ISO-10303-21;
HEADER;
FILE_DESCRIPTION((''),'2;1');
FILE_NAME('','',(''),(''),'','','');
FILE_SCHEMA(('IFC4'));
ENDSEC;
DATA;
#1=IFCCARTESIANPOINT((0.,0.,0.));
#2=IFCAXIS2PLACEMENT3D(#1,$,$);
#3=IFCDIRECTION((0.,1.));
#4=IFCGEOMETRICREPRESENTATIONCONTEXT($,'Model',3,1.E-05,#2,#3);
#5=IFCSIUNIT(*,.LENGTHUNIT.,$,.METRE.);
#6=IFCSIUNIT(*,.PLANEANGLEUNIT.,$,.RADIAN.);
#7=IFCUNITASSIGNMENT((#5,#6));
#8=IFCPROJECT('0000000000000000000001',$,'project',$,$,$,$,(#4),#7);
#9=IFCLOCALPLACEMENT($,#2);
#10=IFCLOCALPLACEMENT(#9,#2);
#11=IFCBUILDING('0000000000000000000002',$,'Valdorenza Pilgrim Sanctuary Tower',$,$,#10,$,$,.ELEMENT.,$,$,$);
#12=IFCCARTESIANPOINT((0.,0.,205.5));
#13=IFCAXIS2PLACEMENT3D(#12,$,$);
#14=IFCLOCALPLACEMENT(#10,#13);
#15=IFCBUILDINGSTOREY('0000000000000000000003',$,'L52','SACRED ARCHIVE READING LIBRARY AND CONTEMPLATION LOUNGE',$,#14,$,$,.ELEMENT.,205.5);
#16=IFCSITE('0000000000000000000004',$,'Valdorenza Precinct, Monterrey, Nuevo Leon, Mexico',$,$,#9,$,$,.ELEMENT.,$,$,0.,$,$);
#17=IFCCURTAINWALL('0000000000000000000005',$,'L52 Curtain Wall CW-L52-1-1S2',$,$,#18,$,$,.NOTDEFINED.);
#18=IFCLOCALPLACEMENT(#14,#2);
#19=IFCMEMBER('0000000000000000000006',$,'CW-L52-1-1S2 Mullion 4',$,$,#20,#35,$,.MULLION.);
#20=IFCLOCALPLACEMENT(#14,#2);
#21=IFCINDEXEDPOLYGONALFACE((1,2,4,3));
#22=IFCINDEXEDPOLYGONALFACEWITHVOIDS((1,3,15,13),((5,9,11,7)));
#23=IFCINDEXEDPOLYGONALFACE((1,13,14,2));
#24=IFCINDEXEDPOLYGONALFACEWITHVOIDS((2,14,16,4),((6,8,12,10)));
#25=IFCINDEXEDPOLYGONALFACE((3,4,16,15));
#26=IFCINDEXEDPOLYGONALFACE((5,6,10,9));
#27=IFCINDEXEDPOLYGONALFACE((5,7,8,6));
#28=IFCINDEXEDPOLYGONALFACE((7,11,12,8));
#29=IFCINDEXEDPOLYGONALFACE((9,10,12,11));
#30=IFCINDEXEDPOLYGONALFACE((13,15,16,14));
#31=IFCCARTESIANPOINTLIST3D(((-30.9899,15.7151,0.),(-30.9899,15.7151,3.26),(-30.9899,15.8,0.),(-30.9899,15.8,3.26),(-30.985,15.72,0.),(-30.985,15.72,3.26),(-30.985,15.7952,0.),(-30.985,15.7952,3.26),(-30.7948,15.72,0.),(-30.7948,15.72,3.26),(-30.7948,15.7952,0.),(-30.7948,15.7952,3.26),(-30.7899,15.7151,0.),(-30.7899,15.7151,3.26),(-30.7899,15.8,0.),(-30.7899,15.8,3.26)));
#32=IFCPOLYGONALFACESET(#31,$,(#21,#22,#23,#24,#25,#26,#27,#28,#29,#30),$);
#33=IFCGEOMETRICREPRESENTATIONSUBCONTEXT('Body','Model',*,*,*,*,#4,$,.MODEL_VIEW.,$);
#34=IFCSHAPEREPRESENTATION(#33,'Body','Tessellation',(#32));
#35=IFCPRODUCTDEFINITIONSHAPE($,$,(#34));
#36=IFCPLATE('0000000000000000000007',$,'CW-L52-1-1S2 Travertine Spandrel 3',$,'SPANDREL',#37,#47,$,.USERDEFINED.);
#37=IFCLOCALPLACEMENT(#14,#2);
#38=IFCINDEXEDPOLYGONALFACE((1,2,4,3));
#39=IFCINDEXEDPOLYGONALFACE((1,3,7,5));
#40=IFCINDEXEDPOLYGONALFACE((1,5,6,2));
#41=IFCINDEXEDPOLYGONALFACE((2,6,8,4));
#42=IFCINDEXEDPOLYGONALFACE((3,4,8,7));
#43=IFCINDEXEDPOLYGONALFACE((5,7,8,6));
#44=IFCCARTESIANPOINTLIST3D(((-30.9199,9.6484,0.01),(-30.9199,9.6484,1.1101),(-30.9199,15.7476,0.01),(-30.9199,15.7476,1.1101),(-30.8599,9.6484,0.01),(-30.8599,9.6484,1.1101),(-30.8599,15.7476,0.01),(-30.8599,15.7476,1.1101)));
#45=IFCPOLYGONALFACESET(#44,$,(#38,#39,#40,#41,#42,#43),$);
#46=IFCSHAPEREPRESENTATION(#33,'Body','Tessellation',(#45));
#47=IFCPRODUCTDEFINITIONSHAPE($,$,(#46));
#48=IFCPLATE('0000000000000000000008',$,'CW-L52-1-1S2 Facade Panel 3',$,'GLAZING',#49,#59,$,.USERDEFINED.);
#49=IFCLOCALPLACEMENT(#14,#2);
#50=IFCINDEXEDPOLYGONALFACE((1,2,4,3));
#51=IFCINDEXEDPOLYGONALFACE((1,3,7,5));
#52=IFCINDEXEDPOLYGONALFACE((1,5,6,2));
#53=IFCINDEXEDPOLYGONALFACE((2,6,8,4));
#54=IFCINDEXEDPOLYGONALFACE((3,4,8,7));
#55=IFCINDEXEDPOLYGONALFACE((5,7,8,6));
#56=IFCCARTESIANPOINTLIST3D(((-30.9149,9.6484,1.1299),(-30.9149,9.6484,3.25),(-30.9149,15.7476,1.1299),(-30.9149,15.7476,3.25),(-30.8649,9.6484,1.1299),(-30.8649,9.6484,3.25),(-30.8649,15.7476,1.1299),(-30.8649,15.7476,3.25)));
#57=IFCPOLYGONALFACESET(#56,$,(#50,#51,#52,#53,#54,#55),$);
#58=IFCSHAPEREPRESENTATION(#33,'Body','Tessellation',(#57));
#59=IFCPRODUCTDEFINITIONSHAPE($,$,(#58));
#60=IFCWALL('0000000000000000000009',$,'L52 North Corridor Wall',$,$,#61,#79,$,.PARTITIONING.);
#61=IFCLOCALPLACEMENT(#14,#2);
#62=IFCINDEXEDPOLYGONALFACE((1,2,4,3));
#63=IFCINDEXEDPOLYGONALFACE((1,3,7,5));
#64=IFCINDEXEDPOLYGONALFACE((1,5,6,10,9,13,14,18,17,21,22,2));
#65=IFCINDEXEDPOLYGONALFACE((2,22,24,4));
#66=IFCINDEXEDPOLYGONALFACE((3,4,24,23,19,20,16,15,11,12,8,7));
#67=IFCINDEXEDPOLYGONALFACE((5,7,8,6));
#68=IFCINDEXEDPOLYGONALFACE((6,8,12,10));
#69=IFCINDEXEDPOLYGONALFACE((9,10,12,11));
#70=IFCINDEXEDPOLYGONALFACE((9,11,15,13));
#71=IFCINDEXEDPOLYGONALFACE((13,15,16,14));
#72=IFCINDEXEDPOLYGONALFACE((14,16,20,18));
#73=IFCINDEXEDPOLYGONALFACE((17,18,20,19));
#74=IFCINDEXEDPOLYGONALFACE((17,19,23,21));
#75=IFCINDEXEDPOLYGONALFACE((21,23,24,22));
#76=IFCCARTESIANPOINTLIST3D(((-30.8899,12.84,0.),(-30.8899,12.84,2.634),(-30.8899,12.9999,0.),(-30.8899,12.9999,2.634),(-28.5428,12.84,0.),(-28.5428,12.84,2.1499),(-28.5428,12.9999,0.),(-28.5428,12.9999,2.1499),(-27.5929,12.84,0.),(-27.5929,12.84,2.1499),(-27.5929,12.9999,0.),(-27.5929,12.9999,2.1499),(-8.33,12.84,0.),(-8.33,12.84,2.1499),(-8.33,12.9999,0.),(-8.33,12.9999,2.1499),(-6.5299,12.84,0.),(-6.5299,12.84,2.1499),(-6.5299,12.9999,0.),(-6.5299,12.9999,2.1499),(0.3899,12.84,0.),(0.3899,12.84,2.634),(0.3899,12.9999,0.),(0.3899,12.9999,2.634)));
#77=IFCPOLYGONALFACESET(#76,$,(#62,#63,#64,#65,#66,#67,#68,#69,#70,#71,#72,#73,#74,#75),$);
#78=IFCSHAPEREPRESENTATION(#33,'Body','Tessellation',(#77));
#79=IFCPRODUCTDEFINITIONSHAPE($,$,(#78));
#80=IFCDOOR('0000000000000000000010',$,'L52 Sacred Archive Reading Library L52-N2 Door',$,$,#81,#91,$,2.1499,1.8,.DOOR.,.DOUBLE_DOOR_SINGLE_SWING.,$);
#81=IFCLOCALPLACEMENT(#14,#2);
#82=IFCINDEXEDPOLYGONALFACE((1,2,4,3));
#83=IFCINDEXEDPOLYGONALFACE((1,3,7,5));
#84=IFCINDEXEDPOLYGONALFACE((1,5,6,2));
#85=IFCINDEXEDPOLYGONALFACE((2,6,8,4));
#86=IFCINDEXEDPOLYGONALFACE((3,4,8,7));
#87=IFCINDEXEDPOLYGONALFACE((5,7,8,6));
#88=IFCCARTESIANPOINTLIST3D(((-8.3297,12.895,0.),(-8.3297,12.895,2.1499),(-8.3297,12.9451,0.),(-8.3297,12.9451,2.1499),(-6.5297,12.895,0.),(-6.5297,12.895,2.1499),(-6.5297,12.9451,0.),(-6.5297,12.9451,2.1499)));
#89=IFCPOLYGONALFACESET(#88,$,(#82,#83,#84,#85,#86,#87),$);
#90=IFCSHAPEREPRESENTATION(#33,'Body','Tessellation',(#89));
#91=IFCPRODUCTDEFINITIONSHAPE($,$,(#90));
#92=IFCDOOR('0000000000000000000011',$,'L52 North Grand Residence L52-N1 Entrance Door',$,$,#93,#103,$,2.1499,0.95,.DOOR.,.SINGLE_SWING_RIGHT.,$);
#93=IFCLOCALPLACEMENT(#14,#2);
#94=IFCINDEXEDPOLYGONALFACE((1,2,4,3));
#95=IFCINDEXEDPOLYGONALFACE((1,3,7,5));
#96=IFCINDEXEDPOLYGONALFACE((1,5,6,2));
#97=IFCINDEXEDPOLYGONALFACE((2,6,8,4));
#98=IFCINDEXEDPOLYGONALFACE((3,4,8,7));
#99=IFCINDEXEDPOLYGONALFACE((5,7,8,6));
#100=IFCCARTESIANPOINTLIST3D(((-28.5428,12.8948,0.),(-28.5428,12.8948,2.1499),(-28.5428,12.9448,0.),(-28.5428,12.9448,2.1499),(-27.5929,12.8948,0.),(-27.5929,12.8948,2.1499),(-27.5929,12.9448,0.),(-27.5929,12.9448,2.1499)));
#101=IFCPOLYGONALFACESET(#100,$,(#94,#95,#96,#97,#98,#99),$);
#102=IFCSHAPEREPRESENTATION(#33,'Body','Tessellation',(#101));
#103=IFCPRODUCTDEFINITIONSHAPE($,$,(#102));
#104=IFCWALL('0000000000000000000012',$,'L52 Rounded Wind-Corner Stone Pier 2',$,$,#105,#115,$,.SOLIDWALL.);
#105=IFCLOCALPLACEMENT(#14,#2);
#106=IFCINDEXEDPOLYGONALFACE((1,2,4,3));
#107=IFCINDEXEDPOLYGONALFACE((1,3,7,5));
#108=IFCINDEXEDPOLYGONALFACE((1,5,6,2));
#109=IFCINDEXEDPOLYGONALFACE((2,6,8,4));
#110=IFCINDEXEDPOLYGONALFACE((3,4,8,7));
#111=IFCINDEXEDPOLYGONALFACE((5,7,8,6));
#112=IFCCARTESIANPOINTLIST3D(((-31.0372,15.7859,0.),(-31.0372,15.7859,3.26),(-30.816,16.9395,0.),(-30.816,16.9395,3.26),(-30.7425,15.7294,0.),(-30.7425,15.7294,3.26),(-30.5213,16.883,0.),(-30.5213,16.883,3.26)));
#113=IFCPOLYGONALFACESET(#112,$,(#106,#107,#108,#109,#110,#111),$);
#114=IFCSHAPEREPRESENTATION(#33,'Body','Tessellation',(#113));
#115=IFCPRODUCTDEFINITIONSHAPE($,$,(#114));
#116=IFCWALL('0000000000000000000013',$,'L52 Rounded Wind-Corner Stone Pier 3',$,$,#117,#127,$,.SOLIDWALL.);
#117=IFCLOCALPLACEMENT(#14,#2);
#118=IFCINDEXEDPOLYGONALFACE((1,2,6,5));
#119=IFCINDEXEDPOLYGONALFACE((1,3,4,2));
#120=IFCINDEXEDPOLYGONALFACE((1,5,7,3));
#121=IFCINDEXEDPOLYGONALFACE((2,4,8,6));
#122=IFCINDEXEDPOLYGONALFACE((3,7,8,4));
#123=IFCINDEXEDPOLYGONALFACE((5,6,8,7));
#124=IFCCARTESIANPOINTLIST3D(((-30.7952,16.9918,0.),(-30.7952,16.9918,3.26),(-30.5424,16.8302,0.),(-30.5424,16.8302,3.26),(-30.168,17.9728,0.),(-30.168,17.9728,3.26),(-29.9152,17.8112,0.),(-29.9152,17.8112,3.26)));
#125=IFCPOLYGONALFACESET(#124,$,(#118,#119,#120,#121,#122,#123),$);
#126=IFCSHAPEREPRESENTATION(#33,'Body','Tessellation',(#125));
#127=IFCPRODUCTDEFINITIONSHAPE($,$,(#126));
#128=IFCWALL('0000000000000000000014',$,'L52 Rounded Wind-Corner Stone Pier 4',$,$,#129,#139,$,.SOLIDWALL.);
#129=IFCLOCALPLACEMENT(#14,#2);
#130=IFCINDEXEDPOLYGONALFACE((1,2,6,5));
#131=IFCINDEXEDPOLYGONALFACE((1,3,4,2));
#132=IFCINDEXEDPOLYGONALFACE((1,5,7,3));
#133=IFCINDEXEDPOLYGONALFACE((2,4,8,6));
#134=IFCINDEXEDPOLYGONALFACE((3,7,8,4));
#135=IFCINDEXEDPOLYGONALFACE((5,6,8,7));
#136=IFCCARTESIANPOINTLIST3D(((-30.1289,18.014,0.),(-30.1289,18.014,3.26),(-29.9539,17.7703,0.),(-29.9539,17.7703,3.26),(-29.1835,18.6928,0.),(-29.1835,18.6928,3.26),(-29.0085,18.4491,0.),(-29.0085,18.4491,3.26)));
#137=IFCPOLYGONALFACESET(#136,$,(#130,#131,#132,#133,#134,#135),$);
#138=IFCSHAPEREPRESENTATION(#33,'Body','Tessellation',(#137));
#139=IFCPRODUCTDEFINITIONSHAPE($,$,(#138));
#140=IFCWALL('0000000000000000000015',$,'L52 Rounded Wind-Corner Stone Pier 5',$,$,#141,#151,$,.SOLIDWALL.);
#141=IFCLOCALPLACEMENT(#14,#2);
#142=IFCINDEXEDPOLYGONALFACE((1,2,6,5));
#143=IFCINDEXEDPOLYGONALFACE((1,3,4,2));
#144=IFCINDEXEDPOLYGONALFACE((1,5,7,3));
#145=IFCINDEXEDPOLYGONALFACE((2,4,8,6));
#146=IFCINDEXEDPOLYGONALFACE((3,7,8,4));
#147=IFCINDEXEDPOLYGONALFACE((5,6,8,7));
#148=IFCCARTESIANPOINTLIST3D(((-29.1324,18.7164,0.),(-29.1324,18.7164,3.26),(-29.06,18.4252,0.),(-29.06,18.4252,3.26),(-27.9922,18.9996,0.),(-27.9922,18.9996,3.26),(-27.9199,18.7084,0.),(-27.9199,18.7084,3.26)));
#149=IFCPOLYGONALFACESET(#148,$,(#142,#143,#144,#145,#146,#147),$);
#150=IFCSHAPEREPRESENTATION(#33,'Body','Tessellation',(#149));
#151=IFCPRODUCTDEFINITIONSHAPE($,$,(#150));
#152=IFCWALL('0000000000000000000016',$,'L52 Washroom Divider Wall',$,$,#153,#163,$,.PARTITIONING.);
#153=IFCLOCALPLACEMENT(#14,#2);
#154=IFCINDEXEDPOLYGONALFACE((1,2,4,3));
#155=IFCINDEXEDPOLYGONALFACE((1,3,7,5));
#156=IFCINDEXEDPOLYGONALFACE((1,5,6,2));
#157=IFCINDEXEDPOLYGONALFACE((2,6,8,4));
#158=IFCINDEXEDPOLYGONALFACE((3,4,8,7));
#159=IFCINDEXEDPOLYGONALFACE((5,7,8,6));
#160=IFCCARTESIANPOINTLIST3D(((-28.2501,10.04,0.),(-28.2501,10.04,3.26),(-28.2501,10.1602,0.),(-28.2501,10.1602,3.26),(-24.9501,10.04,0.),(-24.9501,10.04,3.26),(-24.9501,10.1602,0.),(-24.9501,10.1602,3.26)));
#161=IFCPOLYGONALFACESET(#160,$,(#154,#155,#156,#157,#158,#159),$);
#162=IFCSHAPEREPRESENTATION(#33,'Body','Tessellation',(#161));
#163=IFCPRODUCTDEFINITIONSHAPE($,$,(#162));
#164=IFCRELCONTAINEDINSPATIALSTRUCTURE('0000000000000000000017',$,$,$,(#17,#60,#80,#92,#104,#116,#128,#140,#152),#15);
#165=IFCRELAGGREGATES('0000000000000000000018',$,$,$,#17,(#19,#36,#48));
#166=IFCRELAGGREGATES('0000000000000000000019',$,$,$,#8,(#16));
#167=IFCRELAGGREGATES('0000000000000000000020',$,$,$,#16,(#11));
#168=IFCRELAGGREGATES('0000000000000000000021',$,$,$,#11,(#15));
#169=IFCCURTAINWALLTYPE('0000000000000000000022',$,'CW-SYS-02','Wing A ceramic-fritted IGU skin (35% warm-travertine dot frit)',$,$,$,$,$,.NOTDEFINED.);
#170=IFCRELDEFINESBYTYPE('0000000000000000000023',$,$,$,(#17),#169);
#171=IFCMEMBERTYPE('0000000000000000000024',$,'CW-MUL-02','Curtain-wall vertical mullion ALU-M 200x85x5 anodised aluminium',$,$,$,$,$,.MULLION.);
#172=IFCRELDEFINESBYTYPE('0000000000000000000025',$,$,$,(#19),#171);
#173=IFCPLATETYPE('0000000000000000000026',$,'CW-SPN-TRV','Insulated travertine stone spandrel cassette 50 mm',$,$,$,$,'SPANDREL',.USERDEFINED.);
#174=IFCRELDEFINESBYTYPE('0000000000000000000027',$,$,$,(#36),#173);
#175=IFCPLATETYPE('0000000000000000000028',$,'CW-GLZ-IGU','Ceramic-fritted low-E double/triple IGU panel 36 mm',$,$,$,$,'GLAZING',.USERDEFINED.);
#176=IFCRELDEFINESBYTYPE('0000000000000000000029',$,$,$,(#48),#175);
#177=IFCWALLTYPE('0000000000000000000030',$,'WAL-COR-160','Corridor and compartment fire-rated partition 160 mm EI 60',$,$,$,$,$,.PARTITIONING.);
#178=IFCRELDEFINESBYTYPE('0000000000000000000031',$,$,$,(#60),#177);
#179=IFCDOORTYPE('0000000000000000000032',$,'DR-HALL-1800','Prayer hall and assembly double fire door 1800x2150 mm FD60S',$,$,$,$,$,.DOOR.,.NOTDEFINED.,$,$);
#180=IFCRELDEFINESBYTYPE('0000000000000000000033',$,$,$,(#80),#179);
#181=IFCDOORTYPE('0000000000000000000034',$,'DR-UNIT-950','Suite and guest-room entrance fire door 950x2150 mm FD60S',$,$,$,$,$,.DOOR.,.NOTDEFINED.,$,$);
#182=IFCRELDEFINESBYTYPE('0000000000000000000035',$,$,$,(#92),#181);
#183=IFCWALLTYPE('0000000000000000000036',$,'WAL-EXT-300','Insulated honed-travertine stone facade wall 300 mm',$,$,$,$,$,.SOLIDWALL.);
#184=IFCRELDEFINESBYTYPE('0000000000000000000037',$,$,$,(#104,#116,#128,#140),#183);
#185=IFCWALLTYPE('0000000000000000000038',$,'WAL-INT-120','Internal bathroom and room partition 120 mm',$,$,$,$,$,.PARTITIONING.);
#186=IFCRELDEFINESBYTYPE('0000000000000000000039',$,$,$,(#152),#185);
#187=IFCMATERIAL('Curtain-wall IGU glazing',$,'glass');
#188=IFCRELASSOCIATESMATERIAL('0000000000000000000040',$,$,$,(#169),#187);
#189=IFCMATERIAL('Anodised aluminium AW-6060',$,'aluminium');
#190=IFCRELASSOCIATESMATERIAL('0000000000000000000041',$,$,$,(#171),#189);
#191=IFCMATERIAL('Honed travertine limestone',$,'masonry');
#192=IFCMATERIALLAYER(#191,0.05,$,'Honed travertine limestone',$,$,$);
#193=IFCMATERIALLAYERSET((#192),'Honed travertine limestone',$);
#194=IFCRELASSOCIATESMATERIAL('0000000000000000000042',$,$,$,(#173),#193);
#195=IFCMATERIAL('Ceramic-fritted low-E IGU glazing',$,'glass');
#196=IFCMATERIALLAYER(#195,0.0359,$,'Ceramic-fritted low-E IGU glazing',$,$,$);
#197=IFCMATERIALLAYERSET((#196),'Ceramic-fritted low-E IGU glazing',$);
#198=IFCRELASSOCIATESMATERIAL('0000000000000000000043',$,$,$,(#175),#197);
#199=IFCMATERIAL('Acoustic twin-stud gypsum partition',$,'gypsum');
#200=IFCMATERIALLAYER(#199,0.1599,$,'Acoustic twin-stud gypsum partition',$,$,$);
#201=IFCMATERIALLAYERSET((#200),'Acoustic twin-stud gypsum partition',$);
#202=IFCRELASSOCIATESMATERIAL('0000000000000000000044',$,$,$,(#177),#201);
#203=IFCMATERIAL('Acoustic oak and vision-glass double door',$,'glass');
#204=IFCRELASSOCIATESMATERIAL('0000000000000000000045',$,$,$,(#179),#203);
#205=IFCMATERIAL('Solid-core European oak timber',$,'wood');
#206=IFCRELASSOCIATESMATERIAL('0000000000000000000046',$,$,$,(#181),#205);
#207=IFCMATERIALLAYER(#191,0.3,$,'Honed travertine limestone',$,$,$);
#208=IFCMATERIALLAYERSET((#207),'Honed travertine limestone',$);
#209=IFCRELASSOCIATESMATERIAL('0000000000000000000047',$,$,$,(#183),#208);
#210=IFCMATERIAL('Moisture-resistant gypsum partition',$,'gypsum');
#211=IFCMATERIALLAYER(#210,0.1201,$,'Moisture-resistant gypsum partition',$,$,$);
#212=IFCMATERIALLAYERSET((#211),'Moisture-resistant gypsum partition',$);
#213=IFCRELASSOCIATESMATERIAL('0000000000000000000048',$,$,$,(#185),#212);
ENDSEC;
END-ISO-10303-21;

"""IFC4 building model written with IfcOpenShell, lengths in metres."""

from ifc_helpers import new_model, si_unit, direction, frame, frame_2d, origin, origin_2d, place, context, subcontext, project, spatial, rectangle, hollow_rectangle, extrude, source, transform, mapped, material, layer, layer_set, material_profile, profile_set, type_object, element, fill, aggregate, save


model = new_model("IFC4")

# Units and contexts
model_context = context("Model", 3, precision=1e-05, world=origin(), true_north=direction((0.0, 1.0)))
body_context = subcontext(model_context, "Body", "Model", "MODEL_VIEW")
ifc_project = project(units=[si_unit("LENGTHUNIT", "METRE"), si_unit("PLANEANGLEUNIT", "RADIAN")], contexts=[model_context])

# Site, building, storey
site_placement = place(None, origin())
site = spatial("IfcSite", under=ifc_project, at=site_placement, Name="Valdorenza Precinct, Monterrey, Nuevo Leon, Mexico", CompositionType="ELEMENT", RefElevation=0.0)
building_placement = place(site_placement, origin())
building = spatial("IfcBuilding", under=site, at=building_placement, Name="Valdorenza Pilgrim Sanctuary Tower", CompositionType="ELEMENT")
storey_placement = place(building_placement, frame((0.0, 0.0, 205.5)))
storey = spatial("IfcBuildingStorey", under=building, at=storey_placement, Name="L52", Description="SACRED ARCHIVE READING LIBRARY AND CONTEMPLATION LOUNGE", CompositionType="ELEMENT", Elevation=205.5)

# Curtain wall, member, plates
ifc_material_1 = material(Name="Curtain-wall IGU glazing", Category="glass")
curtain_wall_type = type_object("IfcCurtainWallType", Name="CW-SYS-02", Description="Wing A ceramic-fritted IGU skin (35% warm-travertine dot frit)", PredefinedType="NOTDEFINED", material=ifc_material_1)
curtain_wall_placement = place(storey_placement, origin())
curtain_wall = element("IfcCurtainWall", 1, at=curtain_wall_placement, inside=storey, type_object=curtain_wall_type, Name="L52 Curtain Wall CW-L52-1-1S2", PredefinedType="NOTDEFINED")
ifc_material_2 = material(Name="Anodised aluminium AW-6060", Category="aluminium")
ifc_material_profile_1 = material_profile(ifc_material_2, hollow_rectangle(XDim=0.085, YDim=0.2, WallThickness=0.0049, at=origin_2d()), Name="ALU-M 200x85x5")
ifc_profile_set_1 = profile_set([ifc_material_profile_1], Name="Anodised aluminium AW-6060")
member_type = type_object("IfcMemberType", Name="CW-MUL-02", Description="Curtain-wall vertical mullion ALU-M 200x85x5 anodised aluminium", PredefinedType="MULLION", material=ifc_profile_set_1)
shared_shape_1 = source(origin(), body_context, "Body", "SweptSolid", [
    extrude(hollow_rectangle(XDim=0.085, YDim=0.2, WallThickness=0.0049, at=origin_2d()), origin(), (0.0, 0.0, 1.0), 3.26),
])
member_placement = place(storey_placement, frame((-30.8899, 15.7576, 0.0), z_axis=(0.0, 0.0, 1.0), x_axis=(0.0, 1.0, 0.0)))
member = element("IfcMember", 2, at=member_placement, type_object=member_type, Name="CW-L52-1-1S2 Mullion 4", PredefinedType="MULLION", context=body_context, shape_type="MappedRepresentation", body=[
    mapped(shared_shape_1, transform((0.0, 0.0, 0.0), x_axis=(1.0, 0.0, 0.0), y_axis=(0.0, 1.0, 0.0), z_axis=(0.0, 0.0, 1.0), scale=1.0)),
])
ifc_material_3 = material(Name="Honed travertine limestone", Category="masonry")
ifc_layer_1 = layer(ifc_material_3, 0.05, Name="Honed travertine limestone")
ifc_layer_set_1 = layer_set([ifc_layer_1], Name="Honed travertine limestone")
plate_type_1 = type_object("IfcPlateType", Name="CW-SPN-TRV", Description="Insulated travertine stone spandrel cassette 50 mm", ElementType="SPANDREL", PredefinedType="USERDEFINED", material=ifc_layer_set_1)
shared_shape_2 = source(origin(), body_context, "Body", "SweptSolid", [
    extrude(rectangle(XDim=6.0991, YDim=0.0601, at=origin_2d()), origin(), (0.0, 0.0, 1.0), 1.1001),
])
plate_1_placement = place(storey_placement, frame((-30.8899, 12.698, 0.01), z_axis=(0.0, 0.0, 1.0), x_axis=(0.0, 1.0, 0.0)))
plate_1 = element("IfcPlate", 3, at=plate_1_placement, type_object=plate_type_1, Name="CW-L52-1-1S2 Travertine Spandrel 3", ObjectType="SPANDREL", PredefinedType="USERDEFINED", context=body_context, shape_type="MappedRepresentation", body=[
    mapped(shared_shape_2, transform((0.0, 0.0, 0.0), x_axis=(1.0, 0.0, 0.0), y_axis=(0.0, 1.0, 0.0), z_axis=(0.0, 0.0, 1.0), scale=1.0)),
])
ifc_material_4 = material(Name="Ceramic-fritted low-E IGU glazing", Category="glass")
ifc_layer_2 = layer(ifc_material_4, 0.0359, Name="Ceramic-fritted low-E IGU glazing")
ifc_layer_set_2 = layer_set([ifc_layer_2], Name="Ceramic-fritted low-E IGU glazing")
plate_type_2 = type_object("IfcPlateType", Name="CW-GLZ-IGU", Description="Ceramic-fritted low-E double/triple IGU panel 36 mm", ElementType="GLAZING", PredefinedType="USERDEFINED", material=ifc_layer_set_2)
shared_shape_3 = source(origin(), body_context, "Body", "SweptSolid", [
    extrude(rectangle(XDim=6.0991, YDim=0.05, at=origin_2d()), origin(), (0.0, 0.0, 1.0), 2.1201),
])
plate_2_placement = place(storey_placement, frame((-30.8899, 12.698, 1.1299), z_axis=(0.0, 0.0, 1.0), x_axis=(0.0, 1.0, 0.0)))
plate_2 = element("IfcPlate", 4, at=plate_2_placement, type_object=plate_type_2, Name="CW-L52-1-1S2 Facade Panel 3", ObjectType="GLAZING", PredefinedType="USERDEFINED", context=body_context, shape_type="MappedRepresentation", body=[
    mapped(shared_shape_3, transform((0.0, 0.0, 0.0), x_axis=(1.0, 0.0, 0.0), y_axis=(0.0, 1.0, 0.0), z_axis=(0.0, 0.0, 1.0), scale=1.0)),
])
aggregate(curtain_wall, [member, plate_1, plate_2])

# Wall, openings, doors
ifc_material_5 = material(Name="Acoustic twin-stud gypsum partition", Category="gypsum")
ifc_layer_3 = layer(ifc_material_5, 0.1599, Name="Acoustic twin-stud gypsum partition")
ifc_layer_set_3 = layer_set([ifc_layer_3], Name="Acoustic twin-stud gypsum partition")
wall_type_1 = type_object("IfcWallType", Name="WAL-COR-160", Description="Corridor and compartment fire-rated partition 160 mm EI 60", PredefinedType="PARTITIONING", material=ifc_layer_set_3)
wall_1_placement = place(storey_placement, frame((-30.8899, 12.9199, 0.0), z_axis=(0.0, 0.0, 1.0), x_axis=(1.0, 0.0, 0.0)))
wall_1 = element("IfcWall", 5, at=wall_1_placement, inside=storey, type_object=wall_type_1, Name="L52 North Corridor Wall", PredefinedType="PARTITIONING", context=body_context, shape_type="SweptSolid", body=[
    extrude(rectangle(XDim=31.2798, YDim=0.1599, at=frame_2d((15.6399, 0.0))), origin(), (0.0, 0.0, 1.0), 2.634),
])
opening_1_placement = place(wall_1_placement, frame((2.3469, 0.0, 0.0)))
opening_1 = element("IfcOpeningElement", 6, at=opening_1_placement, cuts=wall_1, PredefinedType="OPENING", context=body_context, shape_type="SweptSolid", body=[
    extrude(rectangle(XDim=0.95, YDim=2.1499, at=frame_2d((0.4751, 1.075))), frame((0.0, 0.0947, 0.0), z_axis=(0.0, -1.0, 0.0), x_axis=(1.0, 0.0, 0.0)), (0.0, 0.0, 1.0), 0.1897),
])
opening_2_placement = place(wall_1_placement, frame((22.5601, 0.0, 0.0)))
opening_2 = element("IfcOpeningElement", 7, at=opening_2_placement, cuts=wall_1, PredefinedType="OPENING", context=body_context, shape_type="SweptSolid", body=[
    extrude(rectangle(XDim=1.8, YDim=2.1499, at=frame_2d((0.8999, 1.075))), frame((0.0, 0.0947, 0.0), z_axis=(0.0, -1.0, 0.0), x_axis=(1.0, 0.0, 0.0)), (0.0, 0.0, 1.0), 0.1897),
])
ifc_material_6 = material(Name="Acoustic oak and vision-glass double door", Category="glass")
door_type_1 = type_object("IfcDoorType", Name="DR-HALL-1800", Description="Prayer hall and assembly double fire door 1800x2150 mm FD60S", OperationType="NOTDEFINED", PredefinedType="DOOR", material=ifc_material_6)
door_1_placement = place(opening_2_placement, frame((1.8, 0.0, 0.0), z_axis=(0.0, 0.0, 1.0), x_axis=(-1.0, 0.0, 0.0)))
door_1 = element("IfcDoor", 8, at=door_1_placement, inside=storey, type_object=door_type_1, Name="L52 Sacred Archive Reading Library L52-N2 Door", OperationType="DOUBLE_DOOR_SINGLE_SWING", OverallHeight=2.1499, OverallWidth=1.8, PredefinedType="DOOR", context=body_context, shape_type="SweptSolid", body=[
    extrude(rectangle(XDim=1.8, YDim=2.1499, at=frame_2d((0.8999, 1.075))), frame((0.0, 0.0249, 0.0), z_axis=(0.0, -1.0, 0.0), x_axis=(1.0, 0.0, 0.0)), (0.0, 0.0, 1.0), 0.05),
])
fill(opening_2, door_1)
ifc_material_7 = material(Name="Solid-core European oak timber", Category="wood")
door_type_2 = type_object("IfcDoorType", Name="DR-UNIT-950", Description="Suite and guest-room entrance fire door 950x2150 mm FD60S", OperationType="NOTDEFINED", PredefinedType="DOOR", material=ifc_material_7)
door_2_placement = place(opening_1_placement, origin())
door_2 = element("IfcDoor", 9, at=door_2_placement, inside=storey, type_object=door_type_2, Name="L52 North Grand Residence L52-N1 Entrance Door", OperationType="SINGLE_SWING_RIGHT", OverallHeight=2.1499, OverallWidth=0.95, PredefinedType="DOOR", context=body_context, shape_type="SweptSolid", body=[
    extrude(rectangle(XDim=0.95, YDim=2.1499, at=frame_2d((0.4751, 1.075))), frame((0.0, 0.0249, 0.0), z_axis=(0.0, -1.0, 0.0), x_axis=(1.0, 0.0, 0.0)), (0.0, 0.0, 1.0), 0.05),
])
fill(opening_1, door_2)

# Walls
ifc_layer_4 = layer(ifc_material_3, 0.3, Name="Honed travertine limestone")
ifc_layer_set_4 = layer_set([ifc_layer_4], Name="Honed travertine limestone")
wall_type_2 = type_object("IfcWallType", Name="WAL-EXT-300", Description="Insulated honed-travertine stone facade wall 300 mm", PredefinedType="SOLIDWALL", material=ifc_layer_set_4)
wall_2_placement = place(storey_placement, frame((-30.8899, 15.7576, 0.0), z_axis=(0.0, 0.0, 1.0), x_axis=(0.188315, 0.982109, 0.0)))
element("IfcWall", 10, at=wall_2_placement, inside=storey, type_object=wall_type_2, Name="L52 Rounded Wind-Corner Stone Pier 2", PredefinedType="SOLIDWALL", context=body_context, shape_type="SweptSolid", body=[
    extrude(rectangle(XDim=1.1746, YDim=0.3, at=frame_2d((0.5874, 0.0))), origin(), (0.0, 0.0, 1.0), 3.26),
])
wall_3_placement = place(storey_placement, frame((-30.6687, 16.9111, 0.0), z_axis=(0.0, 0.0, 1.0), x_axis=(0.538679, 0.842511, 0.0)))
element("IfcWall", 11, at=wall_3_placement, inside=storey, type_object=wall_type_2, Name="L52 Rounded Wind-Corner Stone Pier 3", PredefinedType="SOLIDWALL", context=body_context, shape_type="SweptSolid", body=[
    extrude(rectangle(XDim=1.1643, YDim=0.3, at=frame_2d((0.582, 0.0))), origin(), (0.0, 0.0, 1.0), 3.26),
])
wall_4_placement = place(storey_placement, frame((-30.0415, 17.8921, 0.0), z_axis=(0.0, 0.0, 1.0), x_axis=(0.812314, 0.583221, 0.0)))
element("IfcWall", 12, at=wall_4_placement, inside=storey, type_object=wall_type_2, Name="L52 Rounded Wind-Corner Stone Pier 4", PredefinedType="SOLIDWALL", context=body_context, shape_type="SweptSolid", body=[
    extrude(rectangle(XDim=1.1638, YDim=0.3, at=frame_2d((0.582, 0.0))), origin(), (0.0, 0.0, 1.0), 3.26),
])
wall_5_placement = place(storey_placement, frame((-29.0962, 18.5708, 0.0), z_axis=(0.0, 0.0, 1.0), x_axis=(0.970508, 0.241068, 0.0)))
element("IfcWall", 13, at=wall_5_placement, inside=storey, type_object=wall_type_2, Name="L52 Rounded Wind-Corner Stone Pier 5", PredefinedType="SOLIDWALL", context=body_context, shape_type="SweptSolid", body=[
    extrude(rectangle(XDim=1.1748, YDim=0.3, at=frame_2d((0.5874, 0.0))), origin(), (0.0, 0.0, 1.0), 3.26),
])
ifc_material_8 = material(Name="Moisture-resistant gypsum partition", Category="gypsum")
ifc_layer_5 = layer(ifc_material_8, 0.1201, Name="Moisture-resistant gypsum partition")
ifc_layer_set_5 = layer_set([ifc_layer_5], Name="Moisture-resistant gypsum partition")
wall_type_3 = type_object("IfcWallType", Name="WAL-INT-120", Description="Internal bathroom and room partition 120 mm", PredefinedType="PARTITIONING", material=ifc_layer_set_5)
wall_6_placement = place(storey_placement, frame((-28.25, 10.1001, 0.0), z_axis=(0.0, 0.0, 1.0), x_axis=(1.0, 0.0, 0.0)))
element("IfcWall", 14, at=wall_6_placement, inside=storey, type_object=wall_type_3, Name="L52 Washroom Divider Wall", PredefinedType="PARTITIONING", context=body_context, shape_type="SweptSolid", body=[
    extrude(rectangle(XDim=3.3, YDim=0.1201, at=frame_2d((1.6499, 0.0))), origin(), (0.0, 0.0, 1.0), 3.26),
])

save(model, "model.ifc")
